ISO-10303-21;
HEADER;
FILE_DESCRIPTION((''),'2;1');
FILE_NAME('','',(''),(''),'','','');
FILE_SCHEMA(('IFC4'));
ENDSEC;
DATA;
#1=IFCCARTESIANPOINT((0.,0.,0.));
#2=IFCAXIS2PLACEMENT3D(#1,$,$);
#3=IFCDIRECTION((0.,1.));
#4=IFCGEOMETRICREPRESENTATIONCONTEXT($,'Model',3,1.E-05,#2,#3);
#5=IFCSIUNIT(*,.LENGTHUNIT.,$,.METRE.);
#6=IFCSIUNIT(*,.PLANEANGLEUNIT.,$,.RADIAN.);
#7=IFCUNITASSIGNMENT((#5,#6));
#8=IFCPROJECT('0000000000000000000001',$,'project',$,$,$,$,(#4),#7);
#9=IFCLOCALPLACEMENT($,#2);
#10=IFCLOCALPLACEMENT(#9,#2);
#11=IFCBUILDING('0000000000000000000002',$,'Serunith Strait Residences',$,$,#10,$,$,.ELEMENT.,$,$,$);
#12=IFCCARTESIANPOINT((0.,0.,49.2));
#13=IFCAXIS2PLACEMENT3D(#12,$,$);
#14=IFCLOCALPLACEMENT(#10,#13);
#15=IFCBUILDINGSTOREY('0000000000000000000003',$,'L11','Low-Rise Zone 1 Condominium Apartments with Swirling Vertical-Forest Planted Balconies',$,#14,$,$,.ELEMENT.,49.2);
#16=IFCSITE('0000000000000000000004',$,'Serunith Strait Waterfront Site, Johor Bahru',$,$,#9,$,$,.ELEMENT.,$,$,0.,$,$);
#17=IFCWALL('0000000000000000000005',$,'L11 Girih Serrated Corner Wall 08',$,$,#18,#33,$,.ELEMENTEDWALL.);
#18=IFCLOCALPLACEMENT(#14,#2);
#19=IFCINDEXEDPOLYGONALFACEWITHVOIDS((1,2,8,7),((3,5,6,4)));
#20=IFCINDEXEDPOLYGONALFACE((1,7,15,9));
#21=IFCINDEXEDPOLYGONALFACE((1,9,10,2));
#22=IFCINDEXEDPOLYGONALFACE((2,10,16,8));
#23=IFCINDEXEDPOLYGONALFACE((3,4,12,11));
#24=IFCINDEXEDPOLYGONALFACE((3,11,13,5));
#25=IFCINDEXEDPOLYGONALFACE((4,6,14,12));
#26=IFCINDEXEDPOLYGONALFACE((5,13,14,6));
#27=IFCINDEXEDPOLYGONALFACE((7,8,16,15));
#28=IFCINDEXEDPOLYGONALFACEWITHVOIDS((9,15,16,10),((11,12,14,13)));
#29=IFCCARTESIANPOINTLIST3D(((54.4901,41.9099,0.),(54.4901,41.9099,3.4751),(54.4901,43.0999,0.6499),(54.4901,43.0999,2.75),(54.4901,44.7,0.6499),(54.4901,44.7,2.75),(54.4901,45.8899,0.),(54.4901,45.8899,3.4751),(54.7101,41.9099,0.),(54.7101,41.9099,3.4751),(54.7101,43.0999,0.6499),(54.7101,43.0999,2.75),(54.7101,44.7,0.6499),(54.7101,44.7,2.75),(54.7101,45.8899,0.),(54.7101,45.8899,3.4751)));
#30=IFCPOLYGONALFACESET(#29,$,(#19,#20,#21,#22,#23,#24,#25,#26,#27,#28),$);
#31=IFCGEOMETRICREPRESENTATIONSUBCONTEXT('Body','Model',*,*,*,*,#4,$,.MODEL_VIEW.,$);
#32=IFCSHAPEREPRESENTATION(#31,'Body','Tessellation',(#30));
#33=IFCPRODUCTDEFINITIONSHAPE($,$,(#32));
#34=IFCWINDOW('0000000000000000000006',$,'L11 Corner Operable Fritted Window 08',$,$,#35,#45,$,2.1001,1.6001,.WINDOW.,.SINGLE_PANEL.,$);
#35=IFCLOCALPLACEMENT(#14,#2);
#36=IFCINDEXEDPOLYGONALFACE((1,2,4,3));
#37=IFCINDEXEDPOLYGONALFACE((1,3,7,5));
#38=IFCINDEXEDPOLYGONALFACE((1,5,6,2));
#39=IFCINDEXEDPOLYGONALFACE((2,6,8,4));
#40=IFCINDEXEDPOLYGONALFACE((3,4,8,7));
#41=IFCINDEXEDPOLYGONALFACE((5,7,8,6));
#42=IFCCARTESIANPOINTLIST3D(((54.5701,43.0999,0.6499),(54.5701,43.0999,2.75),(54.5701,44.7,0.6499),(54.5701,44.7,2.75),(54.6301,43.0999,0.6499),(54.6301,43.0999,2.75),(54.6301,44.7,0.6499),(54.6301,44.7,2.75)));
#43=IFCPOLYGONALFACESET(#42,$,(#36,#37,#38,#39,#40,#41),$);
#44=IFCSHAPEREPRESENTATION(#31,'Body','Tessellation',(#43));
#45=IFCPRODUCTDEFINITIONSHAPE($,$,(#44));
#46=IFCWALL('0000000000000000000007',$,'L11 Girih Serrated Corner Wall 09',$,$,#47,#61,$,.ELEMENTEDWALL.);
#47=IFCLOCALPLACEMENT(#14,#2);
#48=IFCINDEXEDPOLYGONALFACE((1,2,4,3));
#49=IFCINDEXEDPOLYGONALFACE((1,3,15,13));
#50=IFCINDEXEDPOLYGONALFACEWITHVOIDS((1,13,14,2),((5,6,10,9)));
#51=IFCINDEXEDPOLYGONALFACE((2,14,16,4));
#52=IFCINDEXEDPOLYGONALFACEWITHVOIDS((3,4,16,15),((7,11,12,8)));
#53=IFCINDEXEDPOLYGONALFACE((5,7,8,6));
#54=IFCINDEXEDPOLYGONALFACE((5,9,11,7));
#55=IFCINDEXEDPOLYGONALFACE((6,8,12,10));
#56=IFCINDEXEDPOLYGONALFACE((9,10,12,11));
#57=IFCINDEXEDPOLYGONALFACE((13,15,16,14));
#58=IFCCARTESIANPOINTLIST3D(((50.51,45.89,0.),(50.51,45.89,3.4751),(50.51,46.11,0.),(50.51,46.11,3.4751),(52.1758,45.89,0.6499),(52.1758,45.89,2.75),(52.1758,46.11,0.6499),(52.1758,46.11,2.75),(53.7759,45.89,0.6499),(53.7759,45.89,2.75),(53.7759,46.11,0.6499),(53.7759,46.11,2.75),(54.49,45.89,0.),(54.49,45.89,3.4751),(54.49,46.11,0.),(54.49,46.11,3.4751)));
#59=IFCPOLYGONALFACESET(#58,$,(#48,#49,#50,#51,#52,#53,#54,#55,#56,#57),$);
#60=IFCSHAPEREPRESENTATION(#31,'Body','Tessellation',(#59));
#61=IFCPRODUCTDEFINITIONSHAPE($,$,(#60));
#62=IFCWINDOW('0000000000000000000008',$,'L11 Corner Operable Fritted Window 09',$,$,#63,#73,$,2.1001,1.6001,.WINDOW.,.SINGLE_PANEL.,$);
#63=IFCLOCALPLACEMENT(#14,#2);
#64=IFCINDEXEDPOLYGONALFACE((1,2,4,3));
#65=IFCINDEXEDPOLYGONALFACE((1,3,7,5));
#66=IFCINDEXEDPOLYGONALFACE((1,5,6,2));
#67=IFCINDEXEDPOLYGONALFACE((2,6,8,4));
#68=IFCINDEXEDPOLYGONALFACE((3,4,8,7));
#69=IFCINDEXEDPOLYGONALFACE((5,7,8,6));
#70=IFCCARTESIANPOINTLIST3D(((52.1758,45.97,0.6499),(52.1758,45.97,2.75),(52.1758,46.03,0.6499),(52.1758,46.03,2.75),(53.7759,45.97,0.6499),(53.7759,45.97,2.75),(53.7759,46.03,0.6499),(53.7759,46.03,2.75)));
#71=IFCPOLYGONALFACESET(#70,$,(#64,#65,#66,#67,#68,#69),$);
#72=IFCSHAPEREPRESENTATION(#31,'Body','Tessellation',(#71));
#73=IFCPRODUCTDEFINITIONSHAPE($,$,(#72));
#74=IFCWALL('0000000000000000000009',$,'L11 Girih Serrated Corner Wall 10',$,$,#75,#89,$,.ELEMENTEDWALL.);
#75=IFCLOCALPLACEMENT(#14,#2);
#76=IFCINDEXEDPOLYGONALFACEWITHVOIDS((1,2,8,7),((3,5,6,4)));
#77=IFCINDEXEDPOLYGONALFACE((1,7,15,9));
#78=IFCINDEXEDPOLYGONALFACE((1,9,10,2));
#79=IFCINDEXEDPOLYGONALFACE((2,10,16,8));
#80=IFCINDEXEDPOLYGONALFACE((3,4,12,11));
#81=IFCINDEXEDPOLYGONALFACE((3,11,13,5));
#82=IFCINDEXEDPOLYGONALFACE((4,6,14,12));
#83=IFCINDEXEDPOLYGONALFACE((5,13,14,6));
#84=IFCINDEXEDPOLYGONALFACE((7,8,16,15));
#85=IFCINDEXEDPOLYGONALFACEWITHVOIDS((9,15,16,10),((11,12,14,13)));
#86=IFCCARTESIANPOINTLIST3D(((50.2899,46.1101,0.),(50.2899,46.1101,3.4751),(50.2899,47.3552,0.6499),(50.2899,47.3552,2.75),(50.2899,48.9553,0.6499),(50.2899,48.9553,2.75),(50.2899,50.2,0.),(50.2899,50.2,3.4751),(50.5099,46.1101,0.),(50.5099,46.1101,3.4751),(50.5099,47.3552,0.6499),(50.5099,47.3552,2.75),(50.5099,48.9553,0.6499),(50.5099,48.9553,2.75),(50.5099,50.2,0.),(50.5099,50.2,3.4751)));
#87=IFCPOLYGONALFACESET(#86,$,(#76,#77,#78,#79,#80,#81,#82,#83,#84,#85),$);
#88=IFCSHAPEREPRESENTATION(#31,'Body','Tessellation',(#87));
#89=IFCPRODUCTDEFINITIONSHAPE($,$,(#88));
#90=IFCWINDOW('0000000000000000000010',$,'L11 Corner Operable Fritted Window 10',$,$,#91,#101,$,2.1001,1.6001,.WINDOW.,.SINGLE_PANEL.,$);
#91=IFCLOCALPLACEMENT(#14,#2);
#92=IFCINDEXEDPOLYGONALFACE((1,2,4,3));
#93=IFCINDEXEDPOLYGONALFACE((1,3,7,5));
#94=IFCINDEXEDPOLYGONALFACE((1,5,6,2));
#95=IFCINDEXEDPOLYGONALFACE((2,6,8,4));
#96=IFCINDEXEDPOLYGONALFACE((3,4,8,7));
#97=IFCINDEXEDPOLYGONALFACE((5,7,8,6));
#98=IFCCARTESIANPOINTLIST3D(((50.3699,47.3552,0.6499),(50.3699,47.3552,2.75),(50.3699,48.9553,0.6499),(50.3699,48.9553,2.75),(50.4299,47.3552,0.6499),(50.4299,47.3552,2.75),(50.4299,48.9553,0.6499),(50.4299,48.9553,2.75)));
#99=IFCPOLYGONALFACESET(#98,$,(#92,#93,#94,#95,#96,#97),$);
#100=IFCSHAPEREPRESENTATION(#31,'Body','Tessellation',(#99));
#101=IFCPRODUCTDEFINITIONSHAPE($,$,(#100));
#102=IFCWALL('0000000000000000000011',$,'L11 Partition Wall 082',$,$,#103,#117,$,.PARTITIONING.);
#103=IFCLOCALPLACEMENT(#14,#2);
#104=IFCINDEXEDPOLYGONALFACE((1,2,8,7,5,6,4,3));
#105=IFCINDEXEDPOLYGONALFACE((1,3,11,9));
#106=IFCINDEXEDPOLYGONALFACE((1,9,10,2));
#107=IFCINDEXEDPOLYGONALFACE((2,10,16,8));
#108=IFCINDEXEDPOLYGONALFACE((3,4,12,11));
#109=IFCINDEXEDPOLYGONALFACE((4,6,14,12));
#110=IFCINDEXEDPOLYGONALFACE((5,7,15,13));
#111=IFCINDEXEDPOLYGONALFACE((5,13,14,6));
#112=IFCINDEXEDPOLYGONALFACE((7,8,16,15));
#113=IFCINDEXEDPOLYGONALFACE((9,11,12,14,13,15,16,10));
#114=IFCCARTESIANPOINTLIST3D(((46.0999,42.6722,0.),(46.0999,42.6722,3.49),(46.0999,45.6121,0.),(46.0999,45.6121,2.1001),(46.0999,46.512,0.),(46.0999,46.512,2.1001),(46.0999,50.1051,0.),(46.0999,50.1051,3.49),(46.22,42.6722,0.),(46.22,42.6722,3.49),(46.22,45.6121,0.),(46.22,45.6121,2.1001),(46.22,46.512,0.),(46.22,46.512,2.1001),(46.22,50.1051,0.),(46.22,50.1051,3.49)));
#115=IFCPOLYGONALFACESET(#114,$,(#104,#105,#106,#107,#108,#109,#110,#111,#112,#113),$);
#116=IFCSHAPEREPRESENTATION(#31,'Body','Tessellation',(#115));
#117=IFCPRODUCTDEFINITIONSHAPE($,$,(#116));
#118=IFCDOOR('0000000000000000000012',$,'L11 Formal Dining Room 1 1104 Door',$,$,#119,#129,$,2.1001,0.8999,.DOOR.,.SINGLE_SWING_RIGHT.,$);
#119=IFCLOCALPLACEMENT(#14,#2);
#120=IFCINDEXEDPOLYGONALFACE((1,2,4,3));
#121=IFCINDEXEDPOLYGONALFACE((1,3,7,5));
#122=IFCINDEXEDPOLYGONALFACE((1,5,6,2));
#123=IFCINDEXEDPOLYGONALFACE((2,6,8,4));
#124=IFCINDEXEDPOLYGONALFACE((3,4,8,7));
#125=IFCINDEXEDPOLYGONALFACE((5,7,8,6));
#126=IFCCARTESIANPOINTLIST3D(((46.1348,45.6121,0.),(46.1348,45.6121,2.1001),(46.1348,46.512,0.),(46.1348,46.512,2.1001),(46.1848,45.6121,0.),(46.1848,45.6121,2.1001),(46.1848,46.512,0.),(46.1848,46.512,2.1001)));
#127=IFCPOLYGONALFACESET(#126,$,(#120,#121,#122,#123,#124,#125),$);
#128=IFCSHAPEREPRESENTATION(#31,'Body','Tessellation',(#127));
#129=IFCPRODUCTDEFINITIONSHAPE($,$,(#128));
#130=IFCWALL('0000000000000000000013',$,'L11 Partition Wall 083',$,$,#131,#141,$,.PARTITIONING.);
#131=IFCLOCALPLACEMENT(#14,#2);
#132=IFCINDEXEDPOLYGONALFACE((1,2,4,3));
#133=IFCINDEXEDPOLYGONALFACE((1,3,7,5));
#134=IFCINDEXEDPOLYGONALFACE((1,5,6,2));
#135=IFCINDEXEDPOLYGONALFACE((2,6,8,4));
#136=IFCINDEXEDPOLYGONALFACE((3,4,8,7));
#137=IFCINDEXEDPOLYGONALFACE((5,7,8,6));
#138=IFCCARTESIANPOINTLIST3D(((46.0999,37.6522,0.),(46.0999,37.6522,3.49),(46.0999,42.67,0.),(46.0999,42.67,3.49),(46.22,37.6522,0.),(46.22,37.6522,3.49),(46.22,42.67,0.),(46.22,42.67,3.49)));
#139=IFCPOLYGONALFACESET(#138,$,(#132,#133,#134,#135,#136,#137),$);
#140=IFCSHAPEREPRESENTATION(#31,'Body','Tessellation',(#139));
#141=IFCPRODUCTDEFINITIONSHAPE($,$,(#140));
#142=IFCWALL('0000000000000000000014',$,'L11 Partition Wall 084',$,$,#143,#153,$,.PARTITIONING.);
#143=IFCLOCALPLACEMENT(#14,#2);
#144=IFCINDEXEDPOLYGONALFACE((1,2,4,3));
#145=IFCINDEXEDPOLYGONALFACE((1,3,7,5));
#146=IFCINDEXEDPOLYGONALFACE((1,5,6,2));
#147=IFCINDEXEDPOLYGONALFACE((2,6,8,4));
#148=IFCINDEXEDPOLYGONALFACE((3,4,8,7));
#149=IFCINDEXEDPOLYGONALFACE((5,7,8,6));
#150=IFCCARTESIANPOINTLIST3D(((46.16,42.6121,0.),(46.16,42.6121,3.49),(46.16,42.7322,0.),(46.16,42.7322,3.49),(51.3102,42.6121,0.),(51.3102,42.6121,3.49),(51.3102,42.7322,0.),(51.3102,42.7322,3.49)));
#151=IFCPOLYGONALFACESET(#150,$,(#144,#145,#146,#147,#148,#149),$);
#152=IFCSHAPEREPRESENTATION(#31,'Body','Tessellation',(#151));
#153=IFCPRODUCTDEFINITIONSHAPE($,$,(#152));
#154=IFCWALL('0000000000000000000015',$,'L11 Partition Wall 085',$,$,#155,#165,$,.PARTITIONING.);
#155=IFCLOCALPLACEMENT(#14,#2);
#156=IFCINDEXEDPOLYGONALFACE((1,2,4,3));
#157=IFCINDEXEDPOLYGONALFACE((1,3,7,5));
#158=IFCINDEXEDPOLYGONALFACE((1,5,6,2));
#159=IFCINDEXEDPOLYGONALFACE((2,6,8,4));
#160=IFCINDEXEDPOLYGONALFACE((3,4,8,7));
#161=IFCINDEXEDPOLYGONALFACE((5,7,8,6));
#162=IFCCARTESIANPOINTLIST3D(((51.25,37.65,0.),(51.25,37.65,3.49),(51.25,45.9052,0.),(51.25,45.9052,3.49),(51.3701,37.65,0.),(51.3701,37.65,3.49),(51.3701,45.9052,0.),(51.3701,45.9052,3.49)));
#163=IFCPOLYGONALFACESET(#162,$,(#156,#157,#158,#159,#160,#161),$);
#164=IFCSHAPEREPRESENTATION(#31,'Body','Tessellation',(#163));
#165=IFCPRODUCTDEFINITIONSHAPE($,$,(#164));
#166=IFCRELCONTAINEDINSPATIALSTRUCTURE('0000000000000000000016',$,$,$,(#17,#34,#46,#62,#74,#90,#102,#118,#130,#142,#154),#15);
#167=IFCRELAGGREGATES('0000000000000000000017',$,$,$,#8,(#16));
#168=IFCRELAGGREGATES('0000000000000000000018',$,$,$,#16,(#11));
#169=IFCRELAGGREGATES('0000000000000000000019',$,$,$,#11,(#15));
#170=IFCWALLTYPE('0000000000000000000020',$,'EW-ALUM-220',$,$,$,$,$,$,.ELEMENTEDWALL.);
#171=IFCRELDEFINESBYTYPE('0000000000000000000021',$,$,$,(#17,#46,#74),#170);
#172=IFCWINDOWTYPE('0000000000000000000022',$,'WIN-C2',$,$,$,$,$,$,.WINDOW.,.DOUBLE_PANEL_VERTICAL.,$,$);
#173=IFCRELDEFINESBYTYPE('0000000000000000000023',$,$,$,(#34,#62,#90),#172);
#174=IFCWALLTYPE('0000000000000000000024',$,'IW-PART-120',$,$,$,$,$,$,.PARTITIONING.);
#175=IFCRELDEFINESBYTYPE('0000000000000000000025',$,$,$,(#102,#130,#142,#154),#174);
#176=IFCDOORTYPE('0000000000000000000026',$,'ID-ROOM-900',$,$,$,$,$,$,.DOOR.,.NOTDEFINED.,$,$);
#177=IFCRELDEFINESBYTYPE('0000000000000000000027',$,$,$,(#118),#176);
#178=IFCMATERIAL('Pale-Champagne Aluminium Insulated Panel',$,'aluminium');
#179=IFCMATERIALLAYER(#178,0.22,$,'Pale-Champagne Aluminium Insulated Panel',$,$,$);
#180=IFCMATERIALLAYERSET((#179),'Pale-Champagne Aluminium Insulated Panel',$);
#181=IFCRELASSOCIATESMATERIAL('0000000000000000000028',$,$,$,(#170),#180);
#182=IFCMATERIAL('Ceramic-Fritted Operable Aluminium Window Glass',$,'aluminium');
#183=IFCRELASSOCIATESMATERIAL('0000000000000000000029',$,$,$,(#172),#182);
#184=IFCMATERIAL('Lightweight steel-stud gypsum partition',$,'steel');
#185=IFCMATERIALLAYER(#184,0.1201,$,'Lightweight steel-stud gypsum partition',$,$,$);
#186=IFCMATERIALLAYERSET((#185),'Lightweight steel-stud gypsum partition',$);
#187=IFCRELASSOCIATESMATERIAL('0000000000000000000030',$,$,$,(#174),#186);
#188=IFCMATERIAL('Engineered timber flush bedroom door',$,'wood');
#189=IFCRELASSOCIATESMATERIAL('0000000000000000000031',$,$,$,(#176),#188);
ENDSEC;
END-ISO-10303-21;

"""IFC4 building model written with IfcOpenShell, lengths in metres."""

from ifc_helpers import new_model, si_unit, direction, frame, frame_2d, origin, place, context, subcontext, project, spatial, rectangle, extrude, source, transform, mapped, material, layer, layer_set, type_object, element, fill, save


model = new_model("IFC4")

# Units and contexts
model_context = context("Model", 3, precision=1e-05, world=origin(), true_north=direction((0.0, 1.0)))
body_context = subcontext(model_context, "Body", "Model", "MODEL_VIEW")
ifc_project = project(units=[si_unit("LENGTHUNIT", "METRE"), si_unit("PLANEANGLEUNIT", "RADIAN")], contexts=[model_context])

# Site, building, storey
site_placement = place(None, origin())
site = spatial("IfcSite", under=ifc_project, at=site_placement, Name="Serunith Strait Waterfront Site, Johor Bahru", CompositionType="ELEMENT", RefElevation=0.0)
building_placement = place(site_placement, origin())
building = spatial("IfcBuilding", under=site, at=building_placement, Name="Serunith Strait Residences", CompositionType="ELEMENT")
storey_placement = place(building_placement, frame((0.0, 0.0, 49.2)))
storey = spatial("IfcBuildingStorey", under=building, at=storey_placement, Name="L11", Description="Low-Rise Zone 1 Condominium Apartments with Swirling Vertical-Forest Planted Balconies", CompositionType="ELEMENT", Elevation=49.2)

# Walls, openings, windows
ifc_material_1 = material(Name="Pale-Champagne Aluminium Insulated Panel", Category="aluminium")
ifc_layer_1 = layer(ifc_material_1, 0.22, Name="Pale-Champagne Aluminium Insulated Panel")
ifc_layer_set_1 = layer_set([ifc_layer_1], Name="Pale-Champagne Aluminium Insulated Panel")
wall_type_1 = type_object("IfcWallType", Name="EW-ALUM-220", PredefinedType="ELEMENTEDWALL", material=ifc_layer_set_1)
ifc_material_2 = material(Name="Ceramic-Fritted Operable Aluminium Window Glass", Category="aluminium")
window_type = type_object("IfcWindowType", Name="WIN-C2", PartitioningType="DOUBLE_PANEL_VERTICAL", PredefinedType="WINDOW", material=ifc_material_2)
shared_shape_1 = source(origin(), body_context, "Body", "SweptSolid", [
    extrude(rectangle(XDim=1.6001, YDim=2.1001, at=frame_2d((0.8, 1.05))), frame((0.0, 0.03, 0.0), z_axis=(0.0, -1.0, 0.0), x_axis=(1.0, 0.0, 0.0)), (0.0, 0.0, 1.0), 0.0601),
])
wall_1_placement = place(storey_placement, frame((54.6001, 41.9099, 0.0), z_axis=(0.0, 0.0, 1.0), x_axis=(0.0, 1.0, 0.0)))
wall_1 = element("IfcWall", 1, at=wall_1_placement, inside=storey, type_object=wall_type_1, Name="L11 Girih Serrated Corner Wall 08", PredefinedType="ELEMENTEDWALL", context=body_context, shape_type="SweptSolid", body=[
    extrude(rectangle(XDim=3.98, YDim=0.22, at=frame_2d((1.99, 0.0))), origin(), (0.0, 0.0, 1.0), 3.4751),
])
opening_1_placement = place(wall_1_placement, frame((1.1899, 0.0, 0.6499)))
opening_1 = element("IfcOpeningElement", 2, at=opening_1_placement, cuts=wall_1, PredefinedType="OPENING", context=body_context, shape_type="SweptSolid", body=[
    extrude(rectangle(XDim=1.6001, YDim=2.1001, at=frame_2d((0.8, 1.05))), frame((0.0, 0.1201, 0.0), z_axis=(0.0, -1.0, 0.0), x_axis=(1.0, 0.0, 0.0)), (0.0, 0.0, 1.0), 0.24),
])
window_1_placement = place(opening_1_placement, origin())
window_1 = element("IfcWindow", 3, at=window_1_placement, inside=storey, type_object=window_type, Name="L11 Corner Operable Fritted Window 08", OverallHeight=2.1001, OverallWidth=1.6001, PartitioningType="SINGLE_PANEL", PredefinedType="WINDOW", context=body_context, shape_type="MappedRepresentation", body=[
    mapped(shared_shape_1, transform((0.0, 0.0, 0.0), scale=1.0)),
])
fill(opening_1, window_1)
wall_2_placement = place(storey_placement, frame((54.49, 46.0, 0.0), z_axis=(0.0, 0.0, 1.0), x_axis=(-1.0, 0.0, 0.0)))
wall_2 = element("IfcWall", 4, at=wall_2_placement, inside=storey, type_object=wall_type_1, Name="L11 Girih Serrated Corner Wall 09", PredefinedType="ELEMENTEDWALL", context=body_context, shape_type="SweptSolid", body=[
    extrude(rectangle(XDim=3.98, YDim=0.22, at=frame_2d((1.99, 0.0))), origin(), (0.0, 0.0, 1.0), 3.4751),
])
opening_2_placement = place(wall_2_placement, frame((0.7141, 0.0, 0.6499)))
opening_2 = element("IfcOpeningElement", 5, at=opening_2_placement, cuts=wall_2, PredefinedType="OPENING", context=body_context, shape_type="SweptSolid", body=[
    extrude(rectangle(XDim=1.6001, YDim=2.1001, at=frame_2d((0.8, 1.05))), frame((0.0, 0.1201, 0.0), z_axis=(0.0, -1.0, 0.0), x_axis=(1.0, 0.0, 0.0)), (0.0, 0.0, 1.0), 0.24),
])
window_2_placement = place(opening_2_placement, origin())
window_2 = element("IfcWindow", 6, at=window_2_placement, inside=storey, type_object=window_type, Name="L11 Corner Operable Fritted Window 09", OverallHeight=2.1001, OverallWidth=1.6001, PartitioningType="SINGLE_PANEL", PredefinedType="WINDOW", context=body_context, shape_type="MappedRepresentation", body=[
    mapped(shared_shape_1, transform((0.0, 0.0, 0.0), scale=1.0)),
])
fill(opening_2, window_2)
wall_3_placement = place(storey_placement, frame((50.3999, 46.1101, 0.0), z_axis=(0.0, 0.0, 1.0), x_axis=(0.0, 1.0, 0.0)))
wall_3 = element("IfcWall", 7, at=wall_3_placement, inside=storey, type_object=wall_type_1, Name="L11 Girih Serrated Corner Wall 10", PredefinedType="ELEMENTEDWALL", context=body_context, shape_type="SweptSolid", body=[
    extrude(rectangle(XDim=4.0898, YDim=0.22, at=frame_2d((2.0449, 0.0))), origin(), (0.0, 0.0, 1.0), 3.4751),
])
opening_3_placement = place(wall_3_placement, frame((1.2451, 0.0, 0.6499)))
opening_3 = element("IfcOpeningElement", 8, at=opening_3_placement, cuts=wall_3, PredefinedType="OPENING", context=body_context, shape_type="SweptSolid", body=[
    extrude(rectangle(XDim=1.6001, YDim=2.1001, at=frame_2d((0.8, 1.05))), frame((0.0, 0.1201, 0.0), z_axis=(0.0, -1.0, 0.0), x_axis=(1.0, 0.0, 0.0)), (0.0, 0.0, 1.0), 0.24),
])
window_3_placement = place(opening_3_placement, origin())
window_3 = element("IfcWindow", 9, at=window_3_placement, inside=storey, type_object=window_type, Name="L11 Corner Operable Fritted Window 10", OverallHeight=2.1001, OverallWidth=1.6001, PartitioningType="SINGLE_PANEL", PredefinedType="WINDOW", context=body_context, shape_type="MappedRepresentation", body=[
    mapped(shared_shape_1, transform((0.0, 0.0, 0.0), scale=1.0)),
])
fill(opening_3, window_3)

# Wall, opening, door
ifc_material_3 = material(Name="Lightweight steel-stud gypsum partition", Category="steel")
ifc_layer_2 = layer(ifc_material_3, 0.1201, Name="Lightweight steel-stud gypsum partition")
ifc_layer_set_2 = layer_set([ifc_layer_2], Name="Lightweight steel-stud gypsum partition")
wall_type_2 = type_object("IfcWallType", Name="IW-PART-120", PredefinedType="PARTITIONING", material=ifc_layer_set_2)
wall_4_placement = place(storey_placement, frame((46.1599, 50.105, 0.0), z_axis=(0.0, 0.0, 1.0), x_axis=(0.0, -1.0, 0.0)))
wall_4 = element("IfcWall", 10, at=wall_4_placement, inside=storey, type_object=wall_type_2, Name="L11 Partition Wall 082", PredefinedType="PARTITIONING", context=body_context, shape_type="SweptSolid", body=[
    extrude(rectangle(XDim=7.4329, YDim=0.1201, at=frame_2d((3.7163, 0.0))), origin(), (0.0, 0.0, 1.0), 3.49),
])
opening_4_placement = place(wall_4_placement, frame((3.593, 0.0, 0.0)))
opening_4 = element("IfcOpeningElement", 11, at=opening_4_placement, cuts=wall_4, PredefinedType="OPENING", context=body_context, shape_type="SweptSolid", body=[
    extrude(rectangle(XDim=0.8999, YDim=2.1001, at=frame_2d((0.45, 1.05))), frame((0.0, 0.0701, 0.0), z_axis=(0.0, -1.0, 0.0), x_axis=(1.0, 0.0, 0.0)), (0.0, 0.0, 1.0), 0.1401),
])
ifc_material_4 = material(Name="Engineered timber flush bedroom door", Category="wood")
door_type_1 = type_object("IfcDoorType", Name="ID-ROOM-900", OperationType="NOTDEFINED", PredefinedType="DOOR", material=ifc_material_4)
shared_shape_2 = source(origin(), body_context, "Body", "SweptSolid", [
    extrude(rectangle(XDim=0.8999, YDim=2.1001, at=frame_2d((0.45, 1.05))), frame((0.0, 0.0249, 0.0), z_axis=(0.0, -1.0, 0.0), x_axis=(1.0, 0.0, 0.0)), (0.0, 0.0, 1.0), 0.05),
])
door_1_placement = place(opening_4_placement, origin())
door_1 = element("IfcDoor", 12, at=door_1_placement, inside=storey, type_object=door_type_1, Name="L11 Formal Dining Room 1 1104 Door", OperationType="SINGLE_SWING_RIGHT", OverallHeight=2.1001, OverallWidth=0.8999, PredefinedType="DOOR", context=body_context, shape_type="MappedRepresentation", body=[
    mapped(shared_shape_2, transform((0.0, 0.0, 0.0), scale=1.0)),
])
fill(opening_4, door_1)

# Walls
wall_5_placement = place(storey_placement, frame((46.1599, 42.6699, 0.0), z_axis=(0.0, 0.0, 1.0), x_axis=(0.0, -1.0, 0.0)))
element("IfcWall", 13, at=wall_5_placement, inside=storey, type_object=wall_type_2, Name="L11 Partition Wall 083", PredefinedType="PARTITIONING", context=body_context, shape_type="SweptSolid", body=[
    extrude(rectangle(XDim=5.0178, YDim=0.1201, at=frame_2d((2.5088, 0.0))), origin(), (0.0, 0.0, 1.0), 3.49),
])
wall_6_placement = place(storey_placement, frame((46.1599, 42.6721, 0.0), z_axis=(0.0, 0.0, 1.0), x_axis=(1.0, 0.0, 0.0)))
element("IfcWall", 14, at=wall_6_placement, inside=storey, type_object=wall_type_2, Name="L11 Partition Wall 084", PredefinedType="PARTITIONING", context=body_context, shape_type="SweptSolid", body=[
    extrude(rectangle(XDim=5.1501, YDim=0.1201, at=frame_2d((2.5752, 0.0))), origin(), (0.0, 0.0, 1.0), 3.49),
])
wall_7_placement = place(storey_placement, frame((51.3101, 45.905, 0.0), z_axis=(0.0, 0.0, 1.0), x_axis=(0.0, -1.0, 0.0)))
element("IfcWall", 15, at=wall_7_placement, inside=storey, type_object=wall_type_2, Name="L11 Partition Wall 085", PredefinedType="PARTITIONING", context=body_context, shape_type="SweptSolid", body=[
    extrude(rectangle(XDim=8.2551, YDim=0.1201, at=frame_2d((4.1274, 0.0))), origin(), (0.0, 0.0, 1.0), 3.49),
])

save(model, "model.ifc")
